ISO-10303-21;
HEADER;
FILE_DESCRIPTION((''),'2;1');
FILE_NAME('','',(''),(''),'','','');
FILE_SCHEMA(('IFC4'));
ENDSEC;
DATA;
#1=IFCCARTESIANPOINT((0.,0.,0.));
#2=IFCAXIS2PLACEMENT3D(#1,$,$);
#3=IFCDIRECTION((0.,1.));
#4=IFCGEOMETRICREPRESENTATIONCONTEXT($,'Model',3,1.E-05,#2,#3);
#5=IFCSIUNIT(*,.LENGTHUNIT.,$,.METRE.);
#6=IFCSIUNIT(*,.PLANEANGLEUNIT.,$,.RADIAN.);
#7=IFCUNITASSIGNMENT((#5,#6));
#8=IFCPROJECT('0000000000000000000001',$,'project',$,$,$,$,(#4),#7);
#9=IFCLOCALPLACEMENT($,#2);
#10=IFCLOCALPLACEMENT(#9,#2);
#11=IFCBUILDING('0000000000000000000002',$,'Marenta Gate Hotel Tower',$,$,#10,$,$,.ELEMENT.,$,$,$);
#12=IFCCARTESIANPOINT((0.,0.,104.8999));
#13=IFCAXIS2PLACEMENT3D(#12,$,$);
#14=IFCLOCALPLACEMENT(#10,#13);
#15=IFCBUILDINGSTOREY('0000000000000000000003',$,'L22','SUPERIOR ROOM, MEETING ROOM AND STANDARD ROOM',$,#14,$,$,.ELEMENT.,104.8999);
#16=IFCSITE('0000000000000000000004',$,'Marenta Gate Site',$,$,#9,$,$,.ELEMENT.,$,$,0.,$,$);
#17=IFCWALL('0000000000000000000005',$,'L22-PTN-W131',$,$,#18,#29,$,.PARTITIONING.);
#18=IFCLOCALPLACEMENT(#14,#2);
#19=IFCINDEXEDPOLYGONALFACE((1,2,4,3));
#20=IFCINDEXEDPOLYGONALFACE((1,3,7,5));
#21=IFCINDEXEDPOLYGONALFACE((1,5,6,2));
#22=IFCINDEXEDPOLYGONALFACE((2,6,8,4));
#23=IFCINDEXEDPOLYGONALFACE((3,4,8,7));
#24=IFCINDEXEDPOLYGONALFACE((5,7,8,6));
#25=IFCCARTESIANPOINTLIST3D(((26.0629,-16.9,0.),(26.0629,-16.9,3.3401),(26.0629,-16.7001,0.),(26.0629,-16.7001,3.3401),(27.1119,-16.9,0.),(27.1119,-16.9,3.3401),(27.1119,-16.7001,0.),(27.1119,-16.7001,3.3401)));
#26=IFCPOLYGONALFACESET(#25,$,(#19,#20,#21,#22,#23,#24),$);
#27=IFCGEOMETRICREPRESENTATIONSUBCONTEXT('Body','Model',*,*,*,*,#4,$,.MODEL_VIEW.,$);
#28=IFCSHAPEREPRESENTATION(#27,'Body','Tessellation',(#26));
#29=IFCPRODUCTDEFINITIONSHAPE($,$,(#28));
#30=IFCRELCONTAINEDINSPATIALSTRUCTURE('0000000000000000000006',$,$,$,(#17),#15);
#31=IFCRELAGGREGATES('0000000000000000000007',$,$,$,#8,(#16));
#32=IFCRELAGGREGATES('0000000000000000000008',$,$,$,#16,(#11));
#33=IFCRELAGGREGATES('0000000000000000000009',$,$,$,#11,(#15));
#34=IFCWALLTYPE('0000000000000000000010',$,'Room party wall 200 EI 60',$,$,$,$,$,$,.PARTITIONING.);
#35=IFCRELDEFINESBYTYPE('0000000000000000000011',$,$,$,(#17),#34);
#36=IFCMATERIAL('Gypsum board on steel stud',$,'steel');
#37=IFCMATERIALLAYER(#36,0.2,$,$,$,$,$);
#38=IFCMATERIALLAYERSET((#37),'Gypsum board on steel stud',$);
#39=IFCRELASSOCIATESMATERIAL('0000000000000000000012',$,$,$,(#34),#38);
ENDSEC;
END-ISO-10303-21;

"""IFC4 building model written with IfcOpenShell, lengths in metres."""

from ifc_helpers import new_model, si_unit, direction, frame, frame_2d, origin, place, context, subcontext, project, spatial, rectangle, extrude, material, layer, layer_set, type_object, element, save


model = new_model("IFC4")

# Units and contexts
model_context = context("Model", 3, precision=1e-05, world=origin(), true_north=direction((0.0, 1.0)))
body_context = subcontext(model_context, "Body", "Model", "MODEL_VIEW")
ifc_project = project(units=[si_unit("LENGTHUNIT", "METRE"), si_unit("PLANEANGLEUNIT", "RADIAN")], contexts=[model_context])

# Site, building, storey
site_placement = place(None, origin())
site = spatial("IfcSite", under=ifc_project, at=site_placement, Name="Marenta Gate Site", CompositionType="ELEMENT", RefElevation=0.0)
building_placement = place(site_placement, origin())
building = spatial("IfcBuilding", under=site, at=building_placement, Name="Marenta Gate Hotel Tower", CompositionType="ELEMENT")
storey_placement = place(building_placement, frame((0.0, 0.0, 104.8999)))
storey = spatial("IfcBuildingStorey", under=building, at=storey_placement, Name="L22", Description="SUPERIOR ROOM, MEETING ROOM AND STANDARD ROOM", CompositionType="ELEMENT", Elevation=104.8999)

# Wall
ifc_material_1 = material(Name="Gypsum board on steel stud", Category="steel")
ifc_layer_1 = layer(ifc_material_1, 0.2)
ifc_layer_set_1 = layer_set([ifc_layer_1], Name="Gypsum board on steel stud")
wall_type_1 = type_object("IfcWallType", Name="Room party wall 200 EI 60", PredefinedType="PARTITIONING", material=ifc_layer_set_1)
wall_1_placement = place(storey_placement, frame((26.063, -16.8, 0.0), z_axis=(0.0, 0.0, 1.0), x_axis=(1.0, 0.0, 0.0)))
element("IfcWall", 1, at=wall_1_placement, inside=storey, type_object=wall_type_1, Name="L22-PTN-W131", PredefinedType="PARTITIONING", context=body_context, shape_type="SweptSolid", body=[
    extrude(rectangle(XDim=1.0491, YDim=0.2, at=frame_2d((0.5244, 0.0))), origin(), (0.0, 0.0, 1.0), 3.3401),
])

save(model, "model.ifc")
